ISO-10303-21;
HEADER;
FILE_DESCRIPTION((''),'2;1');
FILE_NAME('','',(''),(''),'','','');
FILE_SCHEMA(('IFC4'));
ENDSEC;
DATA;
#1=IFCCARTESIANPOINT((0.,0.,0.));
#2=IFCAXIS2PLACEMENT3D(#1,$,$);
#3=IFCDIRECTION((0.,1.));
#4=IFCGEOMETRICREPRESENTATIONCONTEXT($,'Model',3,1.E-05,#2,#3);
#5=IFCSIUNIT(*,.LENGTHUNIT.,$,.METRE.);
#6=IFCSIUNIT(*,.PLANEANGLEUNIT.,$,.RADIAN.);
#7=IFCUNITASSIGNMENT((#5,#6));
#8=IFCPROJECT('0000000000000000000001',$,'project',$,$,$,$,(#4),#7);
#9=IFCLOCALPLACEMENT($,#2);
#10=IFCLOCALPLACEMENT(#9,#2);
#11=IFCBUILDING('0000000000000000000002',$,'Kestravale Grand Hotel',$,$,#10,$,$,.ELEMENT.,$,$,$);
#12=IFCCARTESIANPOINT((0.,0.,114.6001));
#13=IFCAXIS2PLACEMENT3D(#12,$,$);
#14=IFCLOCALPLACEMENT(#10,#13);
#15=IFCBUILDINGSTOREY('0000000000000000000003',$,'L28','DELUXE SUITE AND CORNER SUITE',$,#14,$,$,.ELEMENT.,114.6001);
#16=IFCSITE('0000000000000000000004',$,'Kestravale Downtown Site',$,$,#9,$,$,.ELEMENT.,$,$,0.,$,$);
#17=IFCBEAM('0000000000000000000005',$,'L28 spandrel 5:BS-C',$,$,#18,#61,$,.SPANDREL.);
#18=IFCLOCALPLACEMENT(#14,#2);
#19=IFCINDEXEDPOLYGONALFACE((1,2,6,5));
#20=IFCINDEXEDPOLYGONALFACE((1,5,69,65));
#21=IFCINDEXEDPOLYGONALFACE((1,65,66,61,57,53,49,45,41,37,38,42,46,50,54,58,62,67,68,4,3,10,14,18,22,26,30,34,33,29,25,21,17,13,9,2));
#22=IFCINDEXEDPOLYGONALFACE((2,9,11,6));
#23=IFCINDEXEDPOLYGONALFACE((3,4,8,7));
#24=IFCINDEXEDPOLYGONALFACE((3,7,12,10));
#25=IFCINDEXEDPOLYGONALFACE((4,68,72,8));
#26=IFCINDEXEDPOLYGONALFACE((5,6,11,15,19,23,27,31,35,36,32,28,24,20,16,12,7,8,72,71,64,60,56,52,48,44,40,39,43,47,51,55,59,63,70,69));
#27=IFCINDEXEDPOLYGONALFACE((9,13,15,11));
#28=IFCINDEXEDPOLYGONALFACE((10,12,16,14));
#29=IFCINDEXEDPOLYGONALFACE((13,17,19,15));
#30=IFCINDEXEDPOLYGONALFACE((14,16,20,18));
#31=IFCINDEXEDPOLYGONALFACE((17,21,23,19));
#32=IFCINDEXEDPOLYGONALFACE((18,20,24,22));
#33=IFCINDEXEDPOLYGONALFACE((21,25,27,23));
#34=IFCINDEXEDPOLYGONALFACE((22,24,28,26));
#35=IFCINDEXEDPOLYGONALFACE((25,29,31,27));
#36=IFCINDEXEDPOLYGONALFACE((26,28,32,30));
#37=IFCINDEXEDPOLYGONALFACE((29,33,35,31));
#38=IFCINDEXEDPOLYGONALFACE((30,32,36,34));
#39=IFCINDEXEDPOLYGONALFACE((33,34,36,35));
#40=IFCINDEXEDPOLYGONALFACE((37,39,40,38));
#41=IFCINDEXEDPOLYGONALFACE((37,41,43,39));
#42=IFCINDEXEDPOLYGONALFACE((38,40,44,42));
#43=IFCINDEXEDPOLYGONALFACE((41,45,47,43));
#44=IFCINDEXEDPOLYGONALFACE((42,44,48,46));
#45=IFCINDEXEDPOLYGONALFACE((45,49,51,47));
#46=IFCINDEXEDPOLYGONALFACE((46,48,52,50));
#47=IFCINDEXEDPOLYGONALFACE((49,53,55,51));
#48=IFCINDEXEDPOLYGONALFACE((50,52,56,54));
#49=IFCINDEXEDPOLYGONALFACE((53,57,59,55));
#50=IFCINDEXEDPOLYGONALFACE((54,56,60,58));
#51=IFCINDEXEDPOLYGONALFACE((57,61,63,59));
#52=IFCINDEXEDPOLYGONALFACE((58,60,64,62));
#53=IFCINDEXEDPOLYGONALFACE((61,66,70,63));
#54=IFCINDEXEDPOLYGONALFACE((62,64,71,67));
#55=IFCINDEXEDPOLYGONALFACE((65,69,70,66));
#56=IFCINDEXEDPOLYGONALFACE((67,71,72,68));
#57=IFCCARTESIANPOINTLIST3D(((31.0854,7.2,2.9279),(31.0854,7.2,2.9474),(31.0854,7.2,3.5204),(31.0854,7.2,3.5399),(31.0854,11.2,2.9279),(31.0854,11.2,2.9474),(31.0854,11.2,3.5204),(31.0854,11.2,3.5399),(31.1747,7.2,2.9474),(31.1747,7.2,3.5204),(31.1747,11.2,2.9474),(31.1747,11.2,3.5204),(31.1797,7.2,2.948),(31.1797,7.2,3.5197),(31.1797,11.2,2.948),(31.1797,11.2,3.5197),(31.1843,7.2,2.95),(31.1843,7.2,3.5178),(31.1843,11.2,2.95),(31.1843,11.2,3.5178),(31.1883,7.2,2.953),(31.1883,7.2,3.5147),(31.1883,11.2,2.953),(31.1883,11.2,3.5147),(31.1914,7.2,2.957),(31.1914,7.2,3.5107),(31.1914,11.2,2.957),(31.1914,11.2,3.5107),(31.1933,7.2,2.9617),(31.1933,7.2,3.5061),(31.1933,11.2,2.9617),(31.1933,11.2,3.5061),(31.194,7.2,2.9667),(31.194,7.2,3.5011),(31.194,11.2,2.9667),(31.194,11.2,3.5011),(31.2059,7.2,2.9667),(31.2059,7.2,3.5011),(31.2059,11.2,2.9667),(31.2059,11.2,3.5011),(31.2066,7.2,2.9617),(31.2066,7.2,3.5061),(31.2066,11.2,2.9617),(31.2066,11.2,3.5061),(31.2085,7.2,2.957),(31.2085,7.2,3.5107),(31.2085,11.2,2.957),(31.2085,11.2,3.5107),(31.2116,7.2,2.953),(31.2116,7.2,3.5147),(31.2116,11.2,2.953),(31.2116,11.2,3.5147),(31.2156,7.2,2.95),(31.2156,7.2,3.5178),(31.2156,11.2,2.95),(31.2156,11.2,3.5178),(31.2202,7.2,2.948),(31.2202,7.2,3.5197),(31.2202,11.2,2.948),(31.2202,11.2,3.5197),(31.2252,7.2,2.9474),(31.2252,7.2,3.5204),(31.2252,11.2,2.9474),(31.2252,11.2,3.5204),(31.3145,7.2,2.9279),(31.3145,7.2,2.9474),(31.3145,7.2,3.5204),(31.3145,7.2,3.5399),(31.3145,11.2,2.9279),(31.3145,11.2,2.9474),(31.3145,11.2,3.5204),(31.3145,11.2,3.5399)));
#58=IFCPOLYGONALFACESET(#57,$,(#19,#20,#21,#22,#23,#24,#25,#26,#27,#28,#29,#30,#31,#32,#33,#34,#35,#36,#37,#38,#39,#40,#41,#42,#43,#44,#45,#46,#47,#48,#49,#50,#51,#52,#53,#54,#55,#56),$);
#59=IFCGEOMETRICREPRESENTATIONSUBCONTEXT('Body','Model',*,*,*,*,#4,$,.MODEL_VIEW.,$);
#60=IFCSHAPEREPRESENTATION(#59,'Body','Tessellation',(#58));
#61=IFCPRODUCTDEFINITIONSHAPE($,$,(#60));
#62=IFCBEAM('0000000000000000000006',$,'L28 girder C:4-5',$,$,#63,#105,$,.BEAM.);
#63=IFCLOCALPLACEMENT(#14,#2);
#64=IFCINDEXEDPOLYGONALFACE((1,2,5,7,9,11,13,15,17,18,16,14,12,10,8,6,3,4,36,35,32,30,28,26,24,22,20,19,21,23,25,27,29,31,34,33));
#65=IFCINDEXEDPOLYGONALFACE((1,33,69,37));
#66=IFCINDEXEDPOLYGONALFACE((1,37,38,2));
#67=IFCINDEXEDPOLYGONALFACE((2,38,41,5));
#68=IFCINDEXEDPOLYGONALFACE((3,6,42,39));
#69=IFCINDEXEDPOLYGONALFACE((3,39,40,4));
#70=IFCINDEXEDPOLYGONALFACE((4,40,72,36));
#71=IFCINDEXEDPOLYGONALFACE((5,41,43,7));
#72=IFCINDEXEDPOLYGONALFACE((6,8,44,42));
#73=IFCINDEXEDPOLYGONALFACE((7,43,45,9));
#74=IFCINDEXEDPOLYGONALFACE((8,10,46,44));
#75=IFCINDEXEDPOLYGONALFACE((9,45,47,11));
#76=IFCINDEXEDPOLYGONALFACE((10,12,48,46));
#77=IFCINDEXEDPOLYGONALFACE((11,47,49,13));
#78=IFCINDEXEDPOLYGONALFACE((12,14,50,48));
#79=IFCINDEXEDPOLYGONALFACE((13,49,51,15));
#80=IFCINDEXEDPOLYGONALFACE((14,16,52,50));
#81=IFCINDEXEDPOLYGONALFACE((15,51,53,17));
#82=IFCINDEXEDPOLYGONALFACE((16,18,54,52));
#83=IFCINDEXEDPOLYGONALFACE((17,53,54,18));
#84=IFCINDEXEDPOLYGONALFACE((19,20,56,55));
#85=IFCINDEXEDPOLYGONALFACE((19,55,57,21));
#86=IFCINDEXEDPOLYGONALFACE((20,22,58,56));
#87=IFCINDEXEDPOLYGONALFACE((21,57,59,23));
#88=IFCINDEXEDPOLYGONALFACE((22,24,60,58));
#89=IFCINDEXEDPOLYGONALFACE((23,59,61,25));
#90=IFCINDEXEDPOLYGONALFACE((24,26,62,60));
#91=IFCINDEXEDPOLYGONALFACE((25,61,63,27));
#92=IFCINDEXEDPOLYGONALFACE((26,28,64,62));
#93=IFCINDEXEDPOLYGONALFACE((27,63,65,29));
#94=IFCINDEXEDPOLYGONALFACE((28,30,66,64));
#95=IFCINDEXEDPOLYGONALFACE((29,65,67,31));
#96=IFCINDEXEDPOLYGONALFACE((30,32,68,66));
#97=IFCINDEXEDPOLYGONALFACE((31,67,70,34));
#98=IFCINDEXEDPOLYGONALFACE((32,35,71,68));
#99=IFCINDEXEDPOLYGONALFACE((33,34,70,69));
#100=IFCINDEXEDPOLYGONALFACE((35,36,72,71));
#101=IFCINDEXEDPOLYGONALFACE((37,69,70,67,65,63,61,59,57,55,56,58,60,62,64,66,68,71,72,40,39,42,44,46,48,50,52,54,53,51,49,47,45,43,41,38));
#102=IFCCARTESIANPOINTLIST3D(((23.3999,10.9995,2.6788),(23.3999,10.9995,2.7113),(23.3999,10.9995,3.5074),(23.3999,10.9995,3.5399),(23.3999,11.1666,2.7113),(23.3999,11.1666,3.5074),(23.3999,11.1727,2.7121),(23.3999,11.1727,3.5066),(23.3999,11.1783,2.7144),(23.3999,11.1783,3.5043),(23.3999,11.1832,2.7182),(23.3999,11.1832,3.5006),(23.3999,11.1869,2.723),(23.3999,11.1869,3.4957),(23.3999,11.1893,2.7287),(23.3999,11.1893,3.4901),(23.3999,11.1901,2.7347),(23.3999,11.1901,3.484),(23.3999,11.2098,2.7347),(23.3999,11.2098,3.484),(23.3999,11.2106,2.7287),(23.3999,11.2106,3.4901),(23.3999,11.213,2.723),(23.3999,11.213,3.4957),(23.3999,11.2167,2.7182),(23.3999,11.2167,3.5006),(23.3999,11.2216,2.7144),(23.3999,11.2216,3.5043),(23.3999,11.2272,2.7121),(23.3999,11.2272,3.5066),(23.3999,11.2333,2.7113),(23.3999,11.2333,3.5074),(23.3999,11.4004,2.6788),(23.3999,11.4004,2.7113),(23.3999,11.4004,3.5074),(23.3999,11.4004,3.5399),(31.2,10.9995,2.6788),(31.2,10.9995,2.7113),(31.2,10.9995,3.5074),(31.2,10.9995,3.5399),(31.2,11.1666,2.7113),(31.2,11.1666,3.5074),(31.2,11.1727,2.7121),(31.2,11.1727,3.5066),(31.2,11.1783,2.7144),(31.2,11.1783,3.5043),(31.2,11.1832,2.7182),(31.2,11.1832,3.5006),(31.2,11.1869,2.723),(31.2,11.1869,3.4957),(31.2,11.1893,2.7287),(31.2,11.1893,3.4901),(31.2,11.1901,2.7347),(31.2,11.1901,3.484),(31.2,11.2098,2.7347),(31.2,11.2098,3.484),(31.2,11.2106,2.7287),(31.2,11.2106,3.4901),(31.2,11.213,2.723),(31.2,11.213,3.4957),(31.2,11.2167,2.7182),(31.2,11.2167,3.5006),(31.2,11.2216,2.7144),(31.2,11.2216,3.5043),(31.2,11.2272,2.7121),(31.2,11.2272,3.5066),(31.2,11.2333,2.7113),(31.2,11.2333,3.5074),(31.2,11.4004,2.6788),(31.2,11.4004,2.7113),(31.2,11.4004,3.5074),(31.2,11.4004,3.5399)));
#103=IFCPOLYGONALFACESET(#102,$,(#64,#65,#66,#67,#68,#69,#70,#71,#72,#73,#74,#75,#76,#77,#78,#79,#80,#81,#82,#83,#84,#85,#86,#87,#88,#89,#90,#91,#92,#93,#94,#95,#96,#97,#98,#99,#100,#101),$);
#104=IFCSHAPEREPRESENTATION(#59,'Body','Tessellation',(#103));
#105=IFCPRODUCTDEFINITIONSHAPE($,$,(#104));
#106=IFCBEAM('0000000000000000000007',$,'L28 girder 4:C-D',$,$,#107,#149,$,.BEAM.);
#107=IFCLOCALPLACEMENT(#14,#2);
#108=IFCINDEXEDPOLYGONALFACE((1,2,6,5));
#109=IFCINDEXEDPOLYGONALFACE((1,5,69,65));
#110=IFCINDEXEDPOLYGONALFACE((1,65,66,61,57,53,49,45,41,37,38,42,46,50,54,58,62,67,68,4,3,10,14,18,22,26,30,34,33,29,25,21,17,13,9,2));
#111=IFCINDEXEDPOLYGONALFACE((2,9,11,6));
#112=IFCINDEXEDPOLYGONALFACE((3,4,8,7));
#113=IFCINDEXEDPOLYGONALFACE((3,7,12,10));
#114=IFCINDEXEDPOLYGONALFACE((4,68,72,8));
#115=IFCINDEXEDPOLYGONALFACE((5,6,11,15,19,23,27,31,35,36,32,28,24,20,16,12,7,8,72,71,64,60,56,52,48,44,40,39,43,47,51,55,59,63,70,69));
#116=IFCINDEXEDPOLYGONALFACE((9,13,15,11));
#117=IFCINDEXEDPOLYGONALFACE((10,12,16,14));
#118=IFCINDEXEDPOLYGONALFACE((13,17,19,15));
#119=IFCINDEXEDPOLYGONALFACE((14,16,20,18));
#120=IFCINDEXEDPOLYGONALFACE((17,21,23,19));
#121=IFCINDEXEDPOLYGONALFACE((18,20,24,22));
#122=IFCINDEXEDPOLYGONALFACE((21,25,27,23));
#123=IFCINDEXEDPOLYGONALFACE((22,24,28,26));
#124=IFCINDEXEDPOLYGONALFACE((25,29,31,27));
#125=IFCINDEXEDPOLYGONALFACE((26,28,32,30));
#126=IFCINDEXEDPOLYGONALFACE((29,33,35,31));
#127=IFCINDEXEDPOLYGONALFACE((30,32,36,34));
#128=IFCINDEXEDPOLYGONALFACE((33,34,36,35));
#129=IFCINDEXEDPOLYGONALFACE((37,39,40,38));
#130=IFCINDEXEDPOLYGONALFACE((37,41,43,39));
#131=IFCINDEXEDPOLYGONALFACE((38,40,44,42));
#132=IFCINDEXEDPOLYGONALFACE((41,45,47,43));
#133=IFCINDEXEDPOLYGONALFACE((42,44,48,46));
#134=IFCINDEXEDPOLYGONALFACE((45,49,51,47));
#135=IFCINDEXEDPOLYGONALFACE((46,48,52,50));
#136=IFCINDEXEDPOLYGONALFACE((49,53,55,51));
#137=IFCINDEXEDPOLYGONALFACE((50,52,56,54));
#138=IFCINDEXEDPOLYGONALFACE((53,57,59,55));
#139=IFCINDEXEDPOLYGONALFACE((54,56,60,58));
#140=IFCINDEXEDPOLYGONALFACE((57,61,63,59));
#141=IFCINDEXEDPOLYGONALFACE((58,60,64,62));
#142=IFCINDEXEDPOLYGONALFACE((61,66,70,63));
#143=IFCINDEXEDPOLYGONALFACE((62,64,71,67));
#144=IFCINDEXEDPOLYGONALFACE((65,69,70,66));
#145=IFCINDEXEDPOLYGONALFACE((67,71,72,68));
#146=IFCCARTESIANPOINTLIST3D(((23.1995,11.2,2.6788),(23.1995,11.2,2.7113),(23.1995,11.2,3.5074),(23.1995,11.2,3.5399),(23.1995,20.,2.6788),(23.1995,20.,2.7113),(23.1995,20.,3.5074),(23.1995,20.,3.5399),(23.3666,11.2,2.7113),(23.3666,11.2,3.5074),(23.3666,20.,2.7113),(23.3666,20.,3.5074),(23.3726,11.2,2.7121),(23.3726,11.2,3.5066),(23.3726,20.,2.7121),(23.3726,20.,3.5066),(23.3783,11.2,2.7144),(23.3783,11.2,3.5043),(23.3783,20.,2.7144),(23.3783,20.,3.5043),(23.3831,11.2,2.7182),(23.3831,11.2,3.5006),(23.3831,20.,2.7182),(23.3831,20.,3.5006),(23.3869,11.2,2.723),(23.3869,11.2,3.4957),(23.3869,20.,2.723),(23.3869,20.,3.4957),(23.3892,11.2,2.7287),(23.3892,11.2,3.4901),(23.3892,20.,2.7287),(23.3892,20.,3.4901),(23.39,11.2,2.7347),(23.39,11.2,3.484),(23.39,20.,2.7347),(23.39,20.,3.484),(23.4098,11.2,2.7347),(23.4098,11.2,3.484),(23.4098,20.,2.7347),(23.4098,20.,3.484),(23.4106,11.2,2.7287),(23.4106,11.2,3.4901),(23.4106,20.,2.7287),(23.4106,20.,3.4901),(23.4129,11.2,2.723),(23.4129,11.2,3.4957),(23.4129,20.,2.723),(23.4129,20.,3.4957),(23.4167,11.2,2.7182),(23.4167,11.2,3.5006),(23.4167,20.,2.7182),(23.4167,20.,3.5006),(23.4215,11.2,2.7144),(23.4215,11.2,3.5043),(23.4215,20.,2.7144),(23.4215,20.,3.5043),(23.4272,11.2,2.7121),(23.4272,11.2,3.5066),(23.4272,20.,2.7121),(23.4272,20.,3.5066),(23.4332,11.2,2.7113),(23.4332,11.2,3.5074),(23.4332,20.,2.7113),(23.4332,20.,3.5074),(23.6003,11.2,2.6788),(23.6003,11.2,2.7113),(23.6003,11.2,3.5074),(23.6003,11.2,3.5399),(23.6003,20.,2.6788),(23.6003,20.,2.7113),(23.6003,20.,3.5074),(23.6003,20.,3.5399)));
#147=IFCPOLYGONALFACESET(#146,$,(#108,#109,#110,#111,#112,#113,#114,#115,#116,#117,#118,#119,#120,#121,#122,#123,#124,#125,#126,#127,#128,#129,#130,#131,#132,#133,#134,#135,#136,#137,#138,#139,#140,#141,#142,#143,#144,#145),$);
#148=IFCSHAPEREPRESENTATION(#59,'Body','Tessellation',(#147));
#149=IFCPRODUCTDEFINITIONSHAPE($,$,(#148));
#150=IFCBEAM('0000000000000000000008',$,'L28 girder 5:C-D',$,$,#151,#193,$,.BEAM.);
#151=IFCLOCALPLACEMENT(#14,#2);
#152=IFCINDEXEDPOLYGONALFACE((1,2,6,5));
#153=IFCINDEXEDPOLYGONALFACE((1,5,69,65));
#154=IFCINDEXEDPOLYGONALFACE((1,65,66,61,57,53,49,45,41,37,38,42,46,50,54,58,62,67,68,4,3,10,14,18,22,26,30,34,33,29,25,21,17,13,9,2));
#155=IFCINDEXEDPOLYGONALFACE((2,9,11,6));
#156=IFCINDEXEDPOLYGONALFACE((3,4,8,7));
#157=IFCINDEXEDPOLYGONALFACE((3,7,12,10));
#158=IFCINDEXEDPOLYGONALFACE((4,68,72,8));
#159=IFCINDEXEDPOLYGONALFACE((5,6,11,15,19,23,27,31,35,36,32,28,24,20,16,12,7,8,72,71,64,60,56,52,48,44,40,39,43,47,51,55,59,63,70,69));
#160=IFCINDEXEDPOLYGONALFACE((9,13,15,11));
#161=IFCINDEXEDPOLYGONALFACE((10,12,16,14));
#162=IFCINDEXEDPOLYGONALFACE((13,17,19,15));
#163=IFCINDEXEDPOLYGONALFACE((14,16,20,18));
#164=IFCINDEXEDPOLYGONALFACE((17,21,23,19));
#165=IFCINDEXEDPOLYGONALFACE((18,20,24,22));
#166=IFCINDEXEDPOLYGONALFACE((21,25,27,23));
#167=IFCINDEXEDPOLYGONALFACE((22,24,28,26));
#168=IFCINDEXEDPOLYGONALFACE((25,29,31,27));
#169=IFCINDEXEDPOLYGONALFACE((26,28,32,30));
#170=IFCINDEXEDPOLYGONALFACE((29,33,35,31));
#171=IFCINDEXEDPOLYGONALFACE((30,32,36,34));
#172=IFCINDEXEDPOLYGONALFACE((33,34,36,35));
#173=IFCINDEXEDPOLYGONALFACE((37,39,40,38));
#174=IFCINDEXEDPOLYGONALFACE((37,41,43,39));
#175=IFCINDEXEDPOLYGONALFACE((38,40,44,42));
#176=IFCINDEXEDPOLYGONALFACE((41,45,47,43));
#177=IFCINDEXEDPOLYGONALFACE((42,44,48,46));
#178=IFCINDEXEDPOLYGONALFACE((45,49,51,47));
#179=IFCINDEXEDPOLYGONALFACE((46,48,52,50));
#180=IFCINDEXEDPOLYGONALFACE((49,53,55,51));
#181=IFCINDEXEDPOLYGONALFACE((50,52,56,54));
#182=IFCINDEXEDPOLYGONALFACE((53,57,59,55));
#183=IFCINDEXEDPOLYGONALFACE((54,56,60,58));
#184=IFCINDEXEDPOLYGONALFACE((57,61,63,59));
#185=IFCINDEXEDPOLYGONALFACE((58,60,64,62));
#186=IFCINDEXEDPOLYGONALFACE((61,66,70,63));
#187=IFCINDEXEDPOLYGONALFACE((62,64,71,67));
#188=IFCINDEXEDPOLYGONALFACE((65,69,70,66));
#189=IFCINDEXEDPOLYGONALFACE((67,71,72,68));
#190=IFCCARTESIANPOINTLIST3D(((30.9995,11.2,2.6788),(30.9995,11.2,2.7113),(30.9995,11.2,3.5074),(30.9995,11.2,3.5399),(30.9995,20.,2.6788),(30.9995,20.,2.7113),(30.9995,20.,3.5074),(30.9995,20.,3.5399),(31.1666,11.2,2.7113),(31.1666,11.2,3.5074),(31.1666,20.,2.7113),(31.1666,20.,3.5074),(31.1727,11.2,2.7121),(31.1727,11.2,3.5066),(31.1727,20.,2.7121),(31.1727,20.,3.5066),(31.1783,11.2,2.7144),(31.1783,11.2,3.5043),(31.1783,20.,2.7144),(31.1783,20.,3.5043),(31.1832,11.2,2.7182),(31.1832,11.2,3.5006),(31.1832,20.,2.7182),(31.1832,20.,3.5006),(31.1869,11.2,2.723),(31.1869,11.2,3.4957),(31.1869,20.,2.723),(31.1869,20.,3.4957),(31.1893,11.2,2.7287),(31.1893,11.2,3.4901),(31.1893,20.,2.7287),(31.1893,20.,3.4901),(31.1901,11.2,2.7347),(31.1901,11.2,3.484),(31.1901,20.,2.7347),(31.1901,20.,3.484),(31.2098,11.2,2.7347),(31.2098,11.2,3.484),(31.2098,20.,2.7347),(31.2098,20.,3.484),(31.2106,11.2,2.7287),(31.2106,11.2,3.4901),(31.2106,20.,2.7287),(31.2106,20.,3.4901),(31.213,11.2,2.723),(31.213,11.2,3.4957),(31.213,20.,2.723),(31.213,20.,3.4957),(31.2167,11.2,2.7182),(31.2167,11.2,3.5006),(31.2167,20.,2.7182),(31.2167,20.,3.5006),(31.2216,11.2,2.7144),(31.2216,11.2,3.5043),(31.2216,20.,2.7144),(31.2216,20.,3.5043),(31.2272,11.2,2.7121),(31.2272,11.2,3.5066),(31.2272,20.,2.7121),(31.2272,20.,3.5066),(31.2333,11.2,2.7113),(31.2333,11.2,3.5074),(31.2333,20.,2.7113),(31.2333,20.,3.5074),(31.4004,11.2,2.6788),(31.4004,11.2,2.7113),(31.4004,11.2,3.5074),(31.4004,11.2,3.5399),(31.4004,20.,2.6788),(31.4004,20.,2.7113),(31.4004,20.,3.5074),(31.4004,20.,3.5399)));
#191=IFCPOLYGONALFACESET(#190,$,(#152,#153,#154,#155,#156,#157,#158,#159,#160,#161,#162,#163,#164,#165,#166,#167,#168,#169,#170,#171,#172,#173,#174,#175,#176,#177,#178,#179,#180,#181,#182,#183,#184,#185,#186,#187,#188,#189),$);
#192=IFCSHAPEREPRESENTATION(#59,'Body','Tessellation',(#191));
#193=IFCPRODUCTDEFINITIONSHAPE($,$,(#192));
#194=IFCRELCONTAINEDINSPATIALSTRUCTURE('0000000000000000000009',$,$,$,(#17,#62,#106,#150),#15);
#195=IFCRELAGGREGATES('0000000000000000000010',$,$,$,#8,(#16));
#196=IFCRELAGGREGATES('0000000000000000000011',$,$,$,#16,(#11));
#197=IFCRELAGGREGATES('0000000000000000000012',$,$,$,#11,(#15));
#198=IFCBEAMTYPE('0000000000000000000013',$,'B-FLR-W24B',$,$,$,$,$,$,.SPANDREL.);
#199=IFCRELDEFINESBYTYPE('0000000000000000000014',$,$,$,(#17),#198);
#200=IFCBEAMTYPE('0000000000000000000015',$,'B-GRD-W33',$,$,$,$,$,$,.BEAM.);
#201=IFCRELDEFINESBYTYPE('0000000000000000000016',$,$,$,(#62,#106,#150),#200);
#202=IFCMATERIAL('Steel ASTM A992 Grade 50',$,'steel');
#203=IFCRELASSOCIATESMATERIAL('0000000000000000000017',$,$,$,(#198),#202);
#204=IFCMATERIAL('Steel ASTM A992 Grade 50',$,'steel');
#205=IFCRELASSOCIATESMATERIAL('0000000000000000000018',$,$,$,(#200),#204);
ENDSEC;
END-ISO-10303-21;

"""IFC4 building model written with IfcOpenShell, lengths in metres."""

from ifc_helpers import new_model, si_unit, direction, frame, origin, origin_2d, place, context, subcontext, project, spatial, i_section, extrude, material, material_profile, profile_set, type_object, element, save


model = new_model("IFC4")

# Units and contexts
model_context = context("Model", 3, precision=1e-05, world=origin(), true_north=direction((0.0, 1.0)))
body_context = subcontext(model_context, "Body", "Model", "MODEL_VIEW")
ifc_project = project(units=[si_unit("LENGTHUNIT", "METRE"), si_unit("PLANEANGLEUNIT", "RADIAN")], contexts=[model_context])

# Site, building, storey
site_placement = place(None, origin())
site = spatial("IfcSite", under=ifc_project, at=site_placement, Name="Kestravale Downtown Site", CompositionType="ELEMENT", RefElevation=0.0)
building_placement = place(site_placement, origin())
building = spatial("IfcBuilding", under=site, at=building_placement, Name="Kestravale Grand Hotel", CompositionType="ELEMENT")
storey_placement = place(building_placement, frame((0.0, 0.0, 114.6001)))
storey = spatial("IfcBuildingStorey", under=building, at=storey_placement, Name="L28", Description="DELUXE SUITE AND CORNER SUITE", CompositionType="ELEMENT", Elevation=114.6001)

# Beams
ifc_material_1 = material(Name="Steel ASTM A992 Grade 50", Category="steel")
ifc_material_profile_1 = material_profile(ifc_material_1, i_section(OverallWidth=0.229, OverallDepth=0.6121, WebThickness=0.012, FlangeThickness=0.0195, FilletRadius=0.0193, at=origin_2d()))
ifc_profile_set_1 = profile_set([ifc_material_profile_1], Name="Steel ASTM A992 Grade 50")
beam_type_1 = type_object("IfcBeamType", Name="B-FLR-W24B", PredefinedType="SPANDREL", material=ifc_profile_set_1)
beam_1_placement = place(storey_placement, frame((31.2, 7.2, 3.2339), z_axis=(0.0, 1.0, 0.0), x_axis=(-1.0, 0.0, 0.0)))
element("IfcBeam", 1, at=beam_1_placement, inside=storey, type_object=beam_type_1, Name="L28 spandrel 5:BS-C", PredefinedType="SPANDREL", context=body_context, shape_type="SweptSolid", body=[
    extrude(i_section(OverallWidth=0.229, OverallDepth=0.6121, WebThickness=0.012, FlangeThickness=0.0195, FilletRadius=0.0193, at=origin_2d()), origin(), (0.0, 0.0, 1.0), 4.0),
])
ifc_material_2 = material(Name="Steel ASTM A992 Grade 50", Category="steel")
ifc_material_profile_2 = material_profile(ifc_material_2, i_section(OverallWidth=0.4009, OverallDepth=0.8611, WebThickness=0.0198, FlangeThickness=0.0325, FilletRadius=0.0234, at=origin_2d()))
ifc_profile_set_2 = profile_set([ifc_material_profile_2], Name="Steel ASTM A992 Grade 50")
beam_type_2 = type_object("IfcBeamType", Name="B-GRD-W33", PredefinedType="BEAM", material=ifc_profile_set_2)
beam_2_placement = place(storey_placement, frame((23.3999, 11.2, 3.1094), z_axis=(1.0, 0.0, 0.0), x_axis=(0.0, 1.0, 0.0)))
element("IfcBeam", 2, at=beam_2_placement, inside=storey, type_object=beam_type_2, Name="L28 girder C:4-5", PredefinedType="BEAM", context=body_context, shape_type="SweptSolid", body=[
    extrude(i_section(OverallWidth=0.4009, OverallDepth=0.8611, WebThickness=0.0198, FlangeThickness=0.0325, FilletRadius=0.0234, at=origin_2d()), origin(), (0.0, 0.0, 1.0), 7.8),
])
for number, where, z_axis, x_axis, name in (
    (3, (23.3999, 11.2, 3.1094), (0.0, 1.0, 0.0), (-1.0, 0.0, 0.0), "L28 girder 4:C-D"),
    (4, (31.2, 11.2, 3.1094), (0.0, 1.0, 0.0), (-1.0, 0.0, 0.0), "L28 girder 5:C-D"),
):
    element("IfcBeam", number, at=place(storey_placement, frame(where, z_axis=z_axis, x_axis=x_axis)), inside=storey, type_object=beam_type_2, Name=name, PredefinedType="BEAM", context=body_context, shape_type="SweptSolid", body=[
        extrude(i_section(OverallWidth=0.4009, OverallDepth=0.8611, WebThickness=0.0198, FlangeThickness=0.0325, FilletRadius=0.0234, at=origin_2d()), origin(), (0.0, 0.0, 1.0), 8.8),
    ])

save(model, "model.ifc")
